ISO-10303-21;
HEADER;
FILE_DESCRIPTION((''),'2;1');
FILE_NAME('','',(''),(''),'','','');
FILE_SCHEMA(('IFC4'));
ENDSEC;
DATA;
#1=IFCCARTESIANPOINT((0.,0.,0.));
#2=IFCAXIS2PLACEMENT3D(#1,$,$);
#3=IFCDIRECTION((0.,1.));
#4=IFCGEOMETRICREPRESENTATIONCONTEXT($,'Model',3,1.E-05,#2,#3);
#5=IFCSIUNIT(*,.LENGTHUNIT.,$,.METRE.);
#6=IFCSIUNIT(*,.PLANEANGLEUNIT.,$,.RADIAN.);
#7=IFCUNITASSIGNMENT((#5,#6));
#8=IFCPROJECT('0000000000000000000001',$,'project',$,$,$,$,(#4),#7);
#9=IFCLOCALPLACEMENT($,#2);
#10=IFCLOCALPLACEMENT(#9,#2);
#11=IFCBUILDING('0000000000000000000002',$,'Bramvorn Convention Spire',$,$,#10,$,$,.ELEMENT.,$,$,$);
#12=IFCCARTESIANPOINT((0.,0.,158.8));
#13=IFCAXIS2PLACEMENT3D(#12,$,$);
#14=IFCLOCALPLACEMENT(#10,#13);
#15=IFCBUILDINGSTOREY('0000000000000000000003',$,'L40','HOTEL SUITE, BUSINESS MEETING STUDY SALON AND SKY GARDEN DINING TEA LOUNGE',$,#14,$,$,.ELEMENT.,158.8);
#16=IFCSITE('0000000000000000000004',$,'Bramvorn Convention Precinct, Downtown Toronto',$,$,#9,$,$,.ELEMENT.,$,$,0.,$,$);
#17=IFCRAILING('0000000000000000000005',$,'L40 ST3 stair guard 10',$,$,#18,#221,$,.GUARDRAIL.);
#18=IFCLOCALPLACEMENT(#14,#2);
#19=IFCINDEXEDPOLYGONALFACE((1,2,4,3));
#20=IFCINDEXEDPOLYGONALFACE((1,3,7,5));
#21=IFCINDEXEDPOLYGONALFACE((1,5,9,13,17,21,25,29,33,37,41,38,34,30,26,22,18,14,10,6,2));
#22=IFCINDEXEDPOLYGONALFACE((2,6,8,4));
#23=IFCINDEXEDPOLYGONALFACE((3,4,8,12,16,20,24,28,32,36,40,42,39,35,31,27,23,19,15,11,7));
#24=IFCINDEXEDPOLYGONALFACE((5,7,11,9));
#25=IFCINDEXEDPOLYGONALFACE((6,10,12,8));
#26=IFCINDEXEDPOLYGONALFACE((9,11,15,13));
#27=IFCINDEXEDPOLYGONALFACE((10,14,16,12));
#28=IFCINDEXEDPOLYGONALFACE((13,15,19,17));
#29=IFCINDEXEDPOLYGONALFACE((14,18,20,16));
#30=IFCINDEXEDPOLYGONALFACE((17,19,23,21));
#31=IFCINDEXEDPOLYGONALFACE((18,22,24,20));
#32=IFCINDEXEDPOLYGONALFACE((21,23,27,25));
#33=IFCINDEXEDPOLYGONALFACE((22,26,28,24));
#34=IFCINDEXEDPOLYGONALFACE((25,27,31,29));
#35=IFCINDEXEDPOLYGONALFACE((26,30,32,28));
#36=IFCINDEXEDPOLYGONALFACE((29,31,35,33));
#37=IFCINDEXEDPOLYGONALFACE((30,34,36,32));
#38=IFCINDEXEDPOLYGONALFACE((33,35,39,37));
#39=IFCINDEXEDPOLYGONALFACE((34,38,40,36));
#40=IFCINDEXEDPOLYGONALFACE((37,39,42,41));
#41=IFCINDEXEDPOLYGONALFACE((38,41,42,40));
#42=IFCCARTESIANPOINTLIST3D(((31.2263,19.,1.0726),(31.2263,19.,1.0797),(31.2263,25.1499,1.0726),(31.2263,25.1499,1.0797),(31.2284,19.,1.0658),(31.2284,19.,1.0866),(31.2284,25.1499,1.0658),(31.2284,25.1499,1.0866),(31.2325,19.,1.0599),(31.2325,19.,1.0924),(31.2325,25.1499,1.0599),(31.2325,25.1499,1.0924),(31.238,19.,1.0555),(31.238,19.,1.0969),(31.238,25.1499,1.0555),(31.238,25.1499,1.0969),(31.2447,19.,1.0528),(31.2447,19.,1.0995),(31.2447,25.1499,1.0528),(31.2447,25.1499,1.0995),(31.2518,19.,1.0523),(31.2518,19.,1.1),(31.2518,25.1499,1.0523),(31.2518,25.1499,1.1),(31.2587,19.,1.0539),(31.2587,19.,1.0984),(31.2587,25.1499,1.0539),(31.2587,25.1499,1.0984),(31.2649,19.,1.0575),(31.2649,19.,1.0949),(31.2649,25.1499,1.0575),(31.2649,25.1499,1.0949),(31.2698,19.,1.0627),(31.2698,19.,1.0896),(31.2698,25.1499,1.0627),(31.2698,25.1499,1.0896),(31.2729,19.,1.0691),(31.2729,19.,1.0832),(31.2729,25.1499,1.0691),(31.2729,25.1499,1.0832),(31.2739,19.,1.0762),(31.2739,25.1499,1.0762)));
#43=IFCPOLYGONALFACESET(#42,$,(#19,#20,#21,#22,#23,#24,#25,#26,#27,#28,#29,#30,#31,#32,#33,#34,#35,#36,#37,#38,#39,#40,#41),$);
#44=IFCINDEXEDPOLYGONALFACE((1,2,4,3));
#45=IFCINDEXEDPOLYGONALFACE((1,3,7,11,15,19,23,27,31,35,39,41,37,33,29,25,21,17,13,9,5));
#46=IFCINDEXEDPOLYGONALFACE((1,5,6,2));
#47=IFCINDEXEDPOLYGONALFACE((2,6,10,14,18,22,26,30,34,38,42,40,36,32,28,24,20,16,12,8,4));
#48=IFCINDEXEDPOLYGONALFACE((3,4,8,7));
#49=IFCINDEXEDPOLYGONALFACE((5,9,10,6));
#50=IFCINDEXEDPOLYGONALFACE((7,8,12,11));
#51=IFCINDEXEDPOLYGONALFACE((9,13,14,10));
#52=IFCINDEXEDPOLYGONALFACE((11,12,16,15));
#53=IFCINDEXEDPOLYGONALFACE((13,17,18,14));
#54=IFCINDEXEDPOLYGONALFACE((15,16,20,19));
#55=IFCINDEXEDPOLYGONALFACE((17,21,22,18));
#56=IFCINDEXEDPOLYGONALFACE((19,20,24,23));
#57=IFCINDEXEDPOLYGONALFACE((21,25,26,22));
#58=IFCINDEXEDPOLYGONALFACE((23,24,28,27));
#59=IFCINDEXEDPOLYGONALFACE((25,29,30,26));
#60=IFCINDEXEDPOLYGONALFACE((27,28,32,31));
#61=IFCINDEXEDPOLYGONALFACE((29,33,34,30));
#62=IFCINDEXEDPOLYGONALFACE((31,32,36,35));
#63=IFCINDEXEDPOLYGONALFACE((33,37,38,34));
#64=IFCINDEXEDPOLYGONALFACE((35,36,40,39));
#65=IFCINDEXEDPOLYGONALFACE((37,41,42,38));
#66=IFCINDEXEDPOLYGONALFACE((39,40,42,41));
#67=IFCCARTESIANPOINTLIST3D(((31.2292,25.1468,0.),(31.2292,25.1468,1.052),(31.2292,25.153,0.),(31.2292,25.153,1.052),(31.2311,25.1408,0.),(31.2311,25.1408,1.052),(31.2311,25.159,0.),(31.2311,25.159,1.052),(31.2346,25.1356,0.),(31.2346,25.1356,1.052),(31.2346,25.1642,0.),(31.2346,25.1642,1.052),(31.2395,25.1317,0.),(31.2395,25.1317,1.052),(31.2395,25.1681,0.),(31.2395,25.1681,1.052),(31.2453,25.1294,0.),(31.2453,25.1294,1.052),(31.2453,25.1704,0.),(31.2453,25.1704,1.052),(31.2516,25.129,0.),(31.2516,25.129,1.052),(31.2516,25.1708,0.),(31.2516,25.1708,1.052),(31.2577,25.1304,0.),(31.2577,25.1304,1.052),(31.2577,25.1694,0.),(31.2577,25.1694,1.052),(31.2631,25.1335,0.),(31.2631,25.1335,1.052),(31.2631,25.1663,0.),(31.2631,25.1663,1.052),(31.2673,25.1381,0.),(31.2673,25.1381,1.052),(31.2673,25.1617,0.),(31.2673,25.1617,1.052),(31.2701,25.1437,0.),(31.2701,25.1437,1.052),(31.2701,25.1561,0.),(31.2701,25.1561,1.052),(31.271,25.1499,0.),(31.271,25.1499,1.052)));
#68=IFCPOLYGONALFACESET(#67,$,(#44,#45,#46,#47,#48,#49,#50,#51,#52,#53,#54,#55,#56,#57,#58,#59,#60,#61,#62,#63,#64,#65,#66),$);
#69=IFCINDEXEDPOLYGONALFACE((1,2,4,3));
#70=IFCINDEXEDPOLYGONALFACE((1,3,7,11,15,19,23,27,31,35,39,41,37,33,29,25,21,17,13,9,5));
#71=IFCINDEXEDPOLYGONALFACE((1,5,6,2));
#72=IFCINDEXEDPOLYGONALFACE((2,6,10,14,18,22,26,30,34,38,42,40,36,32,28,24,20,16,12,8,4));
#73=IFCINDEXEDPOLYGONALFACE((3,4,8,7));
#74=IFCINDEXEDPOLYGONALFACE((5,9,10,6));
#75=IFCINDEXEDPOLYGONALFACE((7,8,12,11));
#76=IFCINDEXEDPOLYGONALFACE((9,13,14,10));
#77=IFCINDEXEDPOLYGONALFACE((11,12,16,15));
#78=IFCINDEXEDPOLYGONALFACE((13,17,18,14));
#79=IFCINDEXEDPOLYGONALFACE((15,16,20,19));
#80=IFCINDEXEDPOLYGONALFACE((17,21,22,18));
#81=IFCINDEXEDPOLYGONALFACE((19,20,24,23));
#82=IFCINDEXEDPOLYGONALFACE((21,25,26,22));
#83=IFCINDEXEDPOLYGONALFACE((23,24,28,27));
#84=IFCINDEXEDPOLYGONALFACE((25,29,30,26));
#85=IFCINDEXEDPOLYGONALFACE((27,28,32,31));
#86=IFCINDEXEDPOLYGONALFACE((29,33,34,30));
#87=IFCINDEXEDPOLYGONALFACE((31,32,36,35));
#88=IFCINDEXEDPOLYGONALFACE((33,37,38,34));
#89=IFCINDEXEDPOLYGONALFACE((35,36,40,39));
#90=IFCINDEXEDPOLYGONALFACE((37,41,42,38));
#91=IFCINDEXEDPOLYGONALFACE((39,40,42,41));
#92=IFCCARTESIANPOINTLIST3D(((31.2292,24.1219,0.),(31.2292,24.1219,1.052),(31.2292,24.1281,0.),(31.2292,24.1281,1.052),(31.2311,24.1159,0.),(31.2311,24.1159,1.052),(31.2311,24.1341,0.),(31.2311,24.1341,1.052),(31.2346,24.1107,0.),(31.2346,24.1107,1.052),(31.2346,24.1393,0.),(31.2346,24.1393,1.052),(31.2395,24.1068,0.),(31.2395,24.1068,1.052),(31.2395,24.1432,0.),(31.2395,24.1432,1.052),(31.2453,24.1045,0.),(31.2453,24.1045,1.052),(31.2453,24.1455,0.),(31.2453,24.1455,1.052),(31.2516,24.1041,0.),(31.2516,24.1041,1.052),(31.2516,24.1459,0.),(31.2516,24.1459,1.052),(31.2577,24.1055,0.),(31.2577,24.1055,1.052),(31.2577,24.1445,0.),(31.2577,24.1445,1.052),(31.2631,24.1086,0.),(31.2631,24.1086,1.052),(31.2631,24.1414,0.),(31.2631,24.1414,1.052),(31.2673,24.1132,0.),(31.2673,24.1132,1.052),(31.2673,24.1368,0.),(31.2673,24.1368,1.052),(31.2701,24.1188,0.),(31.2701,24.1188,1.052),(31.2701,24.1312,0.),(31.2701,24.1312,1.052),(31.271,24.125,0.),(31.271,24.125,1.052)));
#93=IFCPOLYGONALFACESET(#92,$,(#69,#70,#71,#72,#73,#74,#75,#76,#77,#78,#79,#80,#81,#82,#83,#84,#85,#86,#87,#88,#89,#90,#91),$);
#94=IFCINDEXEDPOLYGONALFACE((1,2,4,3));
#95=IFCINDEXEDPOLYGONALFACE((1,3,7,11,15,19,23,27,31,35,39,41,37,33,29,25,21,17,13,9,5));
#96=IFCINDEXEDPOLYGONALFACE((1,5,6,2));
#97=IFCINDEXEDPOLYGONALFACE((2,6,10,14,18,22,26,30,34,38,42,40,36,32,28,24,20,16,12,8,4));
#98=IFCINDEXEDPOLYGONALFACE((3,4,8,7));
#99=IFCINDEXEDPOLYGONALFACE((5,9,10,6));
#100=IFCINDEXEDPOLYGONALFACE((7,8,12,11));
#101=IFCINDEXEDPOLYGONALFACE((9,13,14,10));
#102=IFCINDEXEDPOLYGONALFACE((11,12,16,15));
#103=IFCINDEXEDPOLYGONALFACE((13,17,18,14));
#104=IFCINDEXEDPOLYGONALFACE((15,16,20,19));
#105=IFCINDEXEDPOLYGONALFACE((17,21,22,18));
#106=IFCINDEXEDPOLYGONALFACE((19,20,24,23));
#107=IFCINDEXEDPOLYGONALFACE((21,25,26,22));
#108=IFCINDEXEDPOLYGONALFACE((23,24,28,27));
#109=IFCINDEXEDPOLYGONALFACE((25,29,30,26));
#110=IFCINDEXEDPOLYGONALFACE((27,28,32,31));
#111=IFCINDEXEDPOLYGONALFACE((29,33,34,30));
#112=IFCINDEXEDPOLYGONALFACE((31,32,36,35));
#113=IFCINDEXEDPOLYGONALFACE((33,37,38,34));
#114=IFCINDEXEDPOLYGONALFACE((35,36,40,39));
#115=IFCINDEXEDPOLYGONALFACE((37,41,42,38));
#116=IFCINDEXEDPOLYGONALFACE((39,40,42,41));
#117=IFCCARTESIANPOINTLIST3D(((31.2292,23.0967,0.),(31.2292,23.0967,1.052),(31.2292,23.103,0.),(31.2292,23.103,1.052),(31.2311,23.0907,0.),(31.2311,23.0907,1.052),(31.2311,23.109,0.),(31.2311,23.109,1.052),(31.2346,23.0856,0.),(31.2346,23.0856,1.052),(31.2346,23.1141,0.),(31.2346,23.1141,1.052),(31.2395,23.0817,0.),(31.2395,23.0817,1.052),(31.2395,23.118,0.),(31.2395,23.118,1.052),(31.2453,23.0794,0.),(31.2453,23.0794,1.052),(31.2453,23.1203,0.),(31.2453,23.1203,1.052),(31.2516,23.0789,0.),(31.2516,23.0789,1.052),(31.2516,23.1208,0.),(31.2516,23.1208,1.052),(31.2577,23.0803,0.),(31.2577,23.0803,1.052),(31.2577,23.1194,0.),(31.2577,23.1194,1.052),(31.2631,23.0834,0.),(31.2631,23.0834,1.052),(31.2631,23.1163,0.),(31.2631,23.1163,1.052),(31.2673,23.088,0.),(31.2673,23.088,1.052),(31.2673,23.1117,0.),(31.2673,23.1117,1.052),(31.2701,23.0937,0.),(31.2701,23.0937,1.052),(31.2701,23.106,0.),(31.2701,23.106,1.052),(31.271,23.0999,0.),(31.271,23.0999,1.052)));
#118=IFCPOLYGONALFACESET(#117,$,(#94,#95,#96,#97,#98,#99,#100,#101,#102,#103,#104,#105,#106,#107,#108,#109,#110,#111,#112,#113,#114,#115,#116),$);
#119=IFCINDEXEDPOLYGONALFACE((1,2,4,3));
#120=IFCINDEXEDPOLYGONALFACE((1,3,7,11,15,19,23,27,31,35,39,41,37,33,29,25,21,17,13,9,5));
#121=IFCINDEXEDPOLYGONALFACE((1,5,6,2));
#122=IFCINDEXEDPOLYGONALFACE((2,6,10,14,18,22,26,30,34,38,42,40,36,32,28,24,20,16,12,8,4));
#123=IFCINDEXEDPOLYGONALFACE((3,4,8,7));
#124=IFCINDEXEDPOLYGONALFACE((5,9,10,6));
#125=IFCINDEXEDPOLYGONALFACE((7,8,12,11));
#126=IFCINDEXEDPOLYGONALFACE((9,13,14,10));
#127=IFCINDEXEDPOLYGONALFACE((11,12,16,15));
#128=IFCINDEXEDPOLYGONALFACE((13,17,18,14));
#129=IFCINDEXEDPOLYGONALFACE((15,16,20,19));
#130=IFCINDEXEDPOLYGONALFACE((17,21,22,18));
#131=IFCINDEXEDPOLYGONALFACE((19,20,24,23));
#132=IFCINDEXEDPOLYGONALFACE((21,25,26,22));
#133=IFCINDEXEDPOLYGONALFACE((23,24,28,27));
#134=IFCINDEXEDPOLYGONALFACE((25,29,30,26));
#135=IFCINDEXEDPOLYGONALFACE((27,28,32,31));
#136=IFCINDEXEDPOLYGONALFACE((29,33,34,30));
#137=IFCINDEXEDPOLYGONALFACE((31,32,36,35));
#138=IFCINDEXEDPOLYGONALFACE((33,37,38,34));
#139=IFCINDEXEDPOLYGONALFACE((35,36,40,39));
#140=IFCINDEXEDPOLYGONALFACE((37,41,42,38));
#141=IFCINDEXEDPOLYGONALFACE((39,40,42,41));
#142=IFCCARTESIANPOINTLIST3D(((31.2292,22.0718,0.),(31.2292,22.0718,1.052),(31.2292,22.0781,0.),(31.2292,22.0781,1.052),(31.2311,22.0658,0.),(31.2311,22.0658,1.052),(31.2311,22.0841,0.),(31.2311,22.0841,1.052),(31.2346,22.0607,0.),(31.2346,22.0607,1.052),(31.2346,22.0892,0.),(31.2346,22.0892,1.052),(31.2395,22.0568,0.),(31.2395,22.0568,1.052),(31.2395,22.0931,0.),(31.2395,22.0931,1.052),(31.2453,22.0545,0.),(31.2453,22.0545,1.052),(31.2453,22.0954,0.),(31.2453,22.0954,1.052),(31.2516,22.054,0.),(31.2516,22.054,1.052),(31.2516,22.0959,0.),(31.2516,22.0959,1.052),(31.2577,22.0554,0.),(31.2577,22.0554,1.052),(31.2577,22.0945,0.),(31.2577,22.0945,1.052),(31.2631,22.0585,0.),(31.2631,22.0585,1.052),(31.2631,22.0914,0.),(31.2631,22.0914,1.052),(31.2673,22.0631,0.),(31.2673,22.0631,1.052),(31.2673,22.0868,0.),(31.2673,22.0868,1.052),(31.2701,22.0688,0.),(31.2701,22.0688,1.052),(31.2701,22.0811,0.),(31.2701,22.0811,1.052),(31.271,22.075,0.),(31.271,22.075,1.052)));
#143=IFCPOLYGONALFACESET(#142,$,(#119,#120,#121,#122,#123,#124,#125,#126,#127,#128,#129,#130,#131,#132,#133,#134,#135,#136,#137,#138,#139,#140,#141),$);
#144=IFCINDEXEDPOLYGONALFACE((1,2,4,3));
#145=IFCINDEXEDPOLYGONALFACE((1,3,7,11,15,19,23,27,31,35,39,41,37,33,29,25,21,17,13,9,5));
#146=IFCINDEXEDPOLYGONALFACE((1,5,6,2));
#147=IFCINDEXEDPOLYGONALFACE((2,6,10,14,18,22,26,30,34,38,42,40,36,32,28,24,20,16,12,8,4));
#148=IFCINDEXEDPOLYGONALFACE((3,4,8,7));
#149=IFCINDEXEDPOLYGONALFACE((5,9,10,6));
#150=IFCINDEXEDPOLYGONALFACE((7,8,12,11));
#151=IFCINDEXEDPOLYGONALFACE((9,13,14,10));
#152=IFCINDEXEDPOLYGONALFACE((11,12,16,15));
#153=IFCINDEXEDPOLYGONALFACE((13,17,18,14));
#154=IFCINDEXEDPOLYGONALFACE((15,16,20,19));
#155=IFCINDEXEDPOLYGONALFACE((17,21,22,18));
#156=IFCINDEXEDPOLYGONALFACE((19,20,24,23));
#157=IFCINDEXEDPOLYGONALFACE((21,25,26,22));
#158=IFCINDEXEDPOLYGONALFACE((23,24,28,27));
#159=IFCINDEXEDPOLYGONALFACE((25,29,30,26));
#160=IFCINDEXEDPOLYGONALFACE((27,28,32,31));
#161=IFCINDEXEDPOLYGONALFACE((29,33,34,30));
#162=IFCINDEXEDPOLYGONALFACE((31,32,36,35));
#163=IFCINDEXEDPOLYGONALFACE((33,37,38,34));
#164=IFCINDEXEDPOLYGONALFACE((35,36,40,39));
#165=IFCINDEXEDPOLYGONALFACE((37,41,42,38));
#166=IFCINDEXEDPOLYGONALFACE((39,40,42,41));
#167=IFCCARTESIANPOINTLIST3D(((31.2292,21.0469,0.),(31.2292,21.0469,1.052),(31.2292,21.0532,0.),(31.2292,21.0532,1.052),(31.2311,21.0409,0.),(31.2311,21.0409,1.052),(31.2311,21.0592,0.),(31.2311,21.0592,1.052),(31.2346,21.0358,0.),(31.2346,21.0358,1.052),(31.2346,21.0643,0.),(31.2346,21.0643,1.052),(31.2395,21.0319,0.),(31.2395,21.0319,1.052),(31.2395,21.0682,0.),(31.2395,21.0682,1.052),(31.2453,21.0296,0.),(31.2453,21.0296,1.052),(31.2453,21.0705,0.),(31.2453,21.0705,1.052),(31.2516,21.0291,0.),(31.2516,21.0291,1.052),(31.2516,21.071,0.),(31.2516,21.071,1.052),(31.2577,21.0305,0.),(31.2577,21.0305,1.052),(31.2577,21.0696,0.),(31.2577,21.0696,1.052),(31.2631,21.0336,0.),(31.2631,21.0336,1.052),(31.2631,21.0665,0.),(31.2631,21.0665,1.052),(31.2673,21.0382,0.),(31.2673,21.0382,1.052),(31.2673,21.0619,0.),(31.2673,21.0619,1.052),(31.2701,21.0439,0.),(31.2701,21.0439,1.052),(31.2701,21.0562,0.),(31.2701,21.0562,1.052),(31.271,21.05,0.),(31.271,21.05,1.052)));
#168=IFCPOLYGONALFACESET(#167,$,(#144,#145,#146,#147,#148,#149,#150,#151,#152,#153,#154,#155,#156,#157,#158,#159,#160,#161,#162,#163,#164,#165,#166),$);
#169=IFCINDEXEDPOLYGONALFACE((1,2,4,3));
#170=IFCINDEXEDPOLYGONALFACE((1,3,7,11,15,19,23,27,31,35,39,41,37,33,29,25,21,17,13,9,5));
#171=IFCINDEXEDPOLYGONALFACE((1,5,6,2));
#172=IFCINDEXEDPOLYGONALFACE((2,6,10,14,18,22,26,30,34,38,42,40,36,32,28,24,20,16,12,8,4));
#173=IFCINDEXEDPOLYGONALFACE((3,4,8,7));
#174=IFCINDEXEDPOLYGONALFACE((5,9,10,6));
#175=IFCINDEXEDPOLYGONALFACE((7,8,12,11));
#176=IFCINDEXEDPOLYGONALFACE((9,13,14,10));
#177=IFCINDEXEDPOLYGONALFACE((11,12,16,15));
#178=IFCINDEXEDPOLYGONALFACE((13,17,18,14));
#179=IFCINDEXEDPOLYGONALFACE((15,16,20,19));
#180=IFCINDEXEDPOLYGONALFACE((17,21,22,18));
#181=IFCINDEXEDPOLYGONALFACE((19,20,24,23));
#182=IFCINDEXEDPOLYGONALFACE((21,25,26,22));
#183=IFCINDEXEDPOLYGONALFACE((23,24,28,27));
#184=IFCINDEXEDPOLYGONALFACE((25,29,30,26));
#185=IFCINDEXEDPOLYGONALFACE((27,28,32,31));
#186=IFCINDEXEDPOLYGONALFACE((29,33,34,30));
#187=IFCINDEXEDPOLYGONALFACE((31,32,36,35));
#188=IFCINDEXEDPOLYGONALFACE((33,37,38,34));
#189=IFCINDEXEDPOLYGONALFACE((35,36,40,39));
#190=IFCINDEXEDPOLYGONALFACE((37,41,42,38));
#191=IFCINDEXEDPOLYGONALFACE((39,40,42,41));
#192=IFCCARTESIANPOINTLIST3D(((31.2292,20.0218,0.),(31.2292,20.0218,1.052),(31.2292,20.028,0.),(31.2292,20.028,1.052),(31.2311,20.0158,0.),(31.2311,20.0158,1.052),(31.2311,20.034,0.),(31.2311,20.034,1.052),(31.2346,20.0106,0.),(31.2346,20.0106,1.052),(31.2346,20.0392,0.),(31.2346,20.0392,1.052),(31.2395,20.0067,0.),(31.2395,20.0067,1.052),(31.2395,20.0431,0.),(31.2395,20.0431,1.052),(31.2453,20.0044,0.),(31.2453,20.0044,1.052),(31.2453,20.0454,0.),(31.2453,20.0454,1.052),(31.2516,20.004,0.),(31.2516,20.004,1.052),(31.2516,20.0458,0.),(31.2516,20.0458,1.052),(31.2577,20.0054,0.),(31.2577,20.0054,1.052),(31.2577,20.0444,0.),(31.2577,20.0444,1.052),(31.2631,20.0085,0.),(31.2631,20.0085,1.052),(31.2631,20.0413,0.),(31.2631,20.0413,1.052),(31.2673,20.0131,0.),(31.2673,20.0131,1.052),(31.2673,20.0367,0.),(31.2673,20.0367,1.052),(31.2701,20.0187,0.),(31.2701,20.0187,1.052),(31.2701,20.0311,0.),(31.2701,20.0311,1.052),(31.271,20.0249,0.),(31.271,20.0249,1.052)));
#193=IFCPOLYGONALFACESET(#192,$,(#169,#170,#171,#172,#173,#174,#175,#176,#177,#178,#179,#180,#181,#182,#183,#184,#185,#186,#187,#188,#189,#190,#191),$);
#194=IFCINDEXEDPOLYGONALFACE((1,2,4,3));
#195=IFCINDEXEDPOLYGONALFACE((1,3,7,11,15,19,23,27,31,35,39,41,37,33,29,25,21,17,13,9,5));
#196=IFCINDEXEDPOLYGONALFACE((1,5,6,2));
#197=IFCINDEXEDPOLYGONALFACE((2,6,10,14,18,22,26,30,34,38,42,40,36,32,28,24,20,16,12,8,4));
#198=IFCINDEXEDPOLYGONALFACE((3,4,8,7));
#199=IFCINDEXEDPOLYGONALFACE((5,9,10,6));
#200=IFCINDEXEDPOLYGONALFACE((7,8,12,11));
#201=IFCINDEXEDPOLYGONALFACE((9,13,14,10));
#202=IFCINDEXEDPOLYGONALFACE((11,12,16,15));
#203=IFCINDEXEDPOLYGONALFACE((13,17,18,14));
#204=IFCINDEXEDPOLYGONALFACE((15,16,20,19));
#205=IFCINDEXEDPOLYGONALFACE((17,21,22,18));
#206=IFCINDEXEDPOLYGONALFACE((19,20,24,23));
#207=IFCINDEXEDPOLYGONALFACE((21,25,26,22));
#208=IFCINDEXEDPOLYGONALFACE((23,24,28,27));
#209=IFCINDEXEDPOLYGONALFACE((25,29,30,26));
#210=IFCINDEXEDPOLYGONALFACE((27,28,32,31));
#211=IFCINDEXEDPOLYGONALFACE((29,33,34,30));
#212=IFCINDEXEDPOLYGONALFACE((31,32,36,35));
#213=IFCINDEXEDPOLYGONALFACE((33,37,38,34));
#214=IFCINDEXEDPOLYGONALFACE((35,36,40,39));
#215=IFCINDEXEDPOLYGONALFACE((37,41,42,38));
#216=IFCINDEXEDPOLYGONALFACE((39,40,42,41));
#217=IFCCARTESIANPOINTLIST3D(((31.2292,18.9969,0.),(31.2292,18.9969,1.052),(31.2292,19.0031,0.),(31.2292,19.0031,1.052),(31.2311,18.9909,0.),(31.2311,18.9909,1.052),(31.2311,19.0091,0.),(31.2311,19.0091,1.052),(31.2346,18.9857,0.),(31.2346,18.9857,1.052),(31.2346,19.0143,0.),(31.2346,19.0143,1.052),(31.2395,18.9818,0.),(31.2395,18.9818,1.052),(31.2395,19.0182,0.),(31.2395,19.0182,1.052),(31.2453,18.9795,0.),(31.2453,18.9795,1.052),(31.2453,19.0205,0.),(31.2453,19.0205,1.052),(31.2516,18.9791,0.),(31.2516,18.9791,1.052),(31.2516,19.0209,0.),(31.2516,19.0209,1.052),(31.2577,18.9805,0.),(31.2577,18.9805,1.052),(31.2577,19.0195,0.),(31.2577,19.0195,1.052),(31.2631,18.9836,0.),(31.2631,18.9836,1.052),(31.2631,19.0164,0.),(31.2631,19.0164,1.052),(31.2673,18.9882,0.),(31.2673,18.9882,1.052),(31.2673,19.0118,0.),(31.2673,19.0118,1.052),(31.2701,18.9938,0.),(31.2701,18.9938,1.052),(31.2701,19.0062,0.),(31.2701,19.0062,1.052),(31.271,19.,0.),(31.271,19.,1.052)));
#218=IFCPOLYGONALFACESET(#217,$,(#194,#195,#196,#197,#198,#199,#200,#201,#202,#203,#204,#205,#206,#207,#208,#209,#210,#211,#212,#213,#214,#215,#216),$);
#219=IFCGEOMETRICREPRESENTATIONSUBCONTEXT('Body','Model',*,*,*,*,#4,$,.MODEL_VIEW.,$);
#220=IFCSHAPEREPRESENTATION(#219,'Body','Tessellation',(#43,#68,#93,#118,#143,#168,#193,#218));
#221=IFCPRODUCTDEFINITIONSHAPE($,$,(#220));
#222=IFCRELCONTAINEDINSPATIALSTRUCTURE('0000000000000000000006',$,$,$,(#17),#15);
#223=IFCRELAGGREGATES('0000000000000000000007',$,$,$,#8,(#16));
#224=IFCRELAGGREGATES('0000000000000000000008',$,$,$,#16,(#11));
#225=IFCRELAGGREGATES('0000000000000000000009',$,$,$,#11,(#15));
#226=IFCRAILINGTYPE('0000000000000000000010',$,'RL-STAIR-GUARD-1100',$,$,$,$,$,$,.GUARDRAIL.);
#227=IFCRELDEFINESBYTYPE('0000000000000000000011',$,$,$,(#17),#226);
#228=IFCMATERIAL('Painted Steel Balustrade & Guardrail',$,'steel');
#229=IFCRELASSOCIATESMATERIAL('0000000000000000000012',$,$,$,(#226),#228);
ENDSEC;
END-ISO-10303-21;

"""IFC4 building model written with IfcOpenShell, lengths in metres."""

from ifc_helpers import new_model, si_unit, direction, frame, origin, origin_2d, place, context, subcontext, project, spatial, circle, extrude, material, type_object, element, save


model = new_model("IFC4")

# Units and contexts
model_context = context("Model", 3, precision=1e-05, world=origin(), true_north=direction((0.0, 1.0)))
body_context = subcontext(model_context, "Body", "Model", "MODEL_VIEW")
ifc_project = project(units=[si_unit("LENGTHUNIT", "METRE"), si_unit("PLANEANGLEUNIT", "RADIAN")], contexts=[model_context])

# Site, building, storey
site_placement = place(None, origin())
site = spatial("IfcSite", under=ifc_project, at=site_placement, Name="Bramvorn Convention Precinct, Downtown Toronto", CompositionType="ELEMENT", RefElevation=0.0)
building_placement = place(site_placement, origin())
building = spatial("IfcBuilding", under=site, at=building_placement, Name="Bramvorn Convention Spire", CompositionType="ELEMENT")
storey_placement = place(building_placement, frame((0.0, 0.0, 158.8)))
storey = spatial("IfcBuildingStorey", under=building, at=storey_placement, Name="L40", Description="HOTEL SUITE, BUSINESS MEETING STUDY SALON AND SKY GARDEN DINING TEA LOUNGE", CompositionType="ELEMENT", Elevation=158.8)

# Railing
ifc_material_1 = material(Name="Painted Steel Balustrade & Guardrail", Category="steel")
railing_type_1 = type_object("IfcRailingType", Name="RL-STAIR-GUARD-1100", PredefinedType="GUARDRAIL", material=ifc_material_1)
railing_1_placement = place(storey_placement, frame((31.25, 25.1499, 0.0)))
element("IfcRailing", 1, at=railing_1_placement, inside=storey, type_object=railing_type_1, Name="L40 ST3 stair guard 10", PredefinedType="GUARDRAIL", context=body_context, shape_type="SweptSolid", body=[
    extrude(circle(Radius=0.0239, at=origin_2d()), frame((0.0, 0.0, 1.0762), z_axis=(0.0, -1.0, 0.0), x_axis=(1.0, 0.0, 0.0)), (0.0, 0.0, 1.0), 6.1499),
    extrude(circle(Radius=0.021, at=origin_2d()), origin(), (0.0, 0.0, 1.0), 1.052),
    extrude(circle(Radius=0.021, at=origin_2d()), frame((0.0, -1.0249, 0.0)), (0.0, 0.0, 1.0), 1.052),
    extrude(circle(Radius=0.021, at=origin_2d()), frame((0.0, -2.05, 0.0)), (0.0, 0.0, 1.0), 1.052),
    extrude(circle(Radius=0.021, at=origin_2d()), frame((0.0, -3.075, 0.0)), (0.0, 0.0, 1.0), 1.052),
    extrude(circle(Radius=0.021, at=origin_2d()), frame((0.0, -4.0999, 0.0)), (0.0, 0.0, 1.0), 1.052),
    extrude(circle(Radius=0.021, at=origin_2d()), frame((0.0, -5.125, 0.0)), (0.0, 0.0, 1.0), 1.052),
    extrude(circle(Radius=0.021, at=origin_2d()), frame((0.0, -6.1499, 0.0)), (0.0, 0.0, 1.0), 1.052),
])

save(model, "model.ifc")
